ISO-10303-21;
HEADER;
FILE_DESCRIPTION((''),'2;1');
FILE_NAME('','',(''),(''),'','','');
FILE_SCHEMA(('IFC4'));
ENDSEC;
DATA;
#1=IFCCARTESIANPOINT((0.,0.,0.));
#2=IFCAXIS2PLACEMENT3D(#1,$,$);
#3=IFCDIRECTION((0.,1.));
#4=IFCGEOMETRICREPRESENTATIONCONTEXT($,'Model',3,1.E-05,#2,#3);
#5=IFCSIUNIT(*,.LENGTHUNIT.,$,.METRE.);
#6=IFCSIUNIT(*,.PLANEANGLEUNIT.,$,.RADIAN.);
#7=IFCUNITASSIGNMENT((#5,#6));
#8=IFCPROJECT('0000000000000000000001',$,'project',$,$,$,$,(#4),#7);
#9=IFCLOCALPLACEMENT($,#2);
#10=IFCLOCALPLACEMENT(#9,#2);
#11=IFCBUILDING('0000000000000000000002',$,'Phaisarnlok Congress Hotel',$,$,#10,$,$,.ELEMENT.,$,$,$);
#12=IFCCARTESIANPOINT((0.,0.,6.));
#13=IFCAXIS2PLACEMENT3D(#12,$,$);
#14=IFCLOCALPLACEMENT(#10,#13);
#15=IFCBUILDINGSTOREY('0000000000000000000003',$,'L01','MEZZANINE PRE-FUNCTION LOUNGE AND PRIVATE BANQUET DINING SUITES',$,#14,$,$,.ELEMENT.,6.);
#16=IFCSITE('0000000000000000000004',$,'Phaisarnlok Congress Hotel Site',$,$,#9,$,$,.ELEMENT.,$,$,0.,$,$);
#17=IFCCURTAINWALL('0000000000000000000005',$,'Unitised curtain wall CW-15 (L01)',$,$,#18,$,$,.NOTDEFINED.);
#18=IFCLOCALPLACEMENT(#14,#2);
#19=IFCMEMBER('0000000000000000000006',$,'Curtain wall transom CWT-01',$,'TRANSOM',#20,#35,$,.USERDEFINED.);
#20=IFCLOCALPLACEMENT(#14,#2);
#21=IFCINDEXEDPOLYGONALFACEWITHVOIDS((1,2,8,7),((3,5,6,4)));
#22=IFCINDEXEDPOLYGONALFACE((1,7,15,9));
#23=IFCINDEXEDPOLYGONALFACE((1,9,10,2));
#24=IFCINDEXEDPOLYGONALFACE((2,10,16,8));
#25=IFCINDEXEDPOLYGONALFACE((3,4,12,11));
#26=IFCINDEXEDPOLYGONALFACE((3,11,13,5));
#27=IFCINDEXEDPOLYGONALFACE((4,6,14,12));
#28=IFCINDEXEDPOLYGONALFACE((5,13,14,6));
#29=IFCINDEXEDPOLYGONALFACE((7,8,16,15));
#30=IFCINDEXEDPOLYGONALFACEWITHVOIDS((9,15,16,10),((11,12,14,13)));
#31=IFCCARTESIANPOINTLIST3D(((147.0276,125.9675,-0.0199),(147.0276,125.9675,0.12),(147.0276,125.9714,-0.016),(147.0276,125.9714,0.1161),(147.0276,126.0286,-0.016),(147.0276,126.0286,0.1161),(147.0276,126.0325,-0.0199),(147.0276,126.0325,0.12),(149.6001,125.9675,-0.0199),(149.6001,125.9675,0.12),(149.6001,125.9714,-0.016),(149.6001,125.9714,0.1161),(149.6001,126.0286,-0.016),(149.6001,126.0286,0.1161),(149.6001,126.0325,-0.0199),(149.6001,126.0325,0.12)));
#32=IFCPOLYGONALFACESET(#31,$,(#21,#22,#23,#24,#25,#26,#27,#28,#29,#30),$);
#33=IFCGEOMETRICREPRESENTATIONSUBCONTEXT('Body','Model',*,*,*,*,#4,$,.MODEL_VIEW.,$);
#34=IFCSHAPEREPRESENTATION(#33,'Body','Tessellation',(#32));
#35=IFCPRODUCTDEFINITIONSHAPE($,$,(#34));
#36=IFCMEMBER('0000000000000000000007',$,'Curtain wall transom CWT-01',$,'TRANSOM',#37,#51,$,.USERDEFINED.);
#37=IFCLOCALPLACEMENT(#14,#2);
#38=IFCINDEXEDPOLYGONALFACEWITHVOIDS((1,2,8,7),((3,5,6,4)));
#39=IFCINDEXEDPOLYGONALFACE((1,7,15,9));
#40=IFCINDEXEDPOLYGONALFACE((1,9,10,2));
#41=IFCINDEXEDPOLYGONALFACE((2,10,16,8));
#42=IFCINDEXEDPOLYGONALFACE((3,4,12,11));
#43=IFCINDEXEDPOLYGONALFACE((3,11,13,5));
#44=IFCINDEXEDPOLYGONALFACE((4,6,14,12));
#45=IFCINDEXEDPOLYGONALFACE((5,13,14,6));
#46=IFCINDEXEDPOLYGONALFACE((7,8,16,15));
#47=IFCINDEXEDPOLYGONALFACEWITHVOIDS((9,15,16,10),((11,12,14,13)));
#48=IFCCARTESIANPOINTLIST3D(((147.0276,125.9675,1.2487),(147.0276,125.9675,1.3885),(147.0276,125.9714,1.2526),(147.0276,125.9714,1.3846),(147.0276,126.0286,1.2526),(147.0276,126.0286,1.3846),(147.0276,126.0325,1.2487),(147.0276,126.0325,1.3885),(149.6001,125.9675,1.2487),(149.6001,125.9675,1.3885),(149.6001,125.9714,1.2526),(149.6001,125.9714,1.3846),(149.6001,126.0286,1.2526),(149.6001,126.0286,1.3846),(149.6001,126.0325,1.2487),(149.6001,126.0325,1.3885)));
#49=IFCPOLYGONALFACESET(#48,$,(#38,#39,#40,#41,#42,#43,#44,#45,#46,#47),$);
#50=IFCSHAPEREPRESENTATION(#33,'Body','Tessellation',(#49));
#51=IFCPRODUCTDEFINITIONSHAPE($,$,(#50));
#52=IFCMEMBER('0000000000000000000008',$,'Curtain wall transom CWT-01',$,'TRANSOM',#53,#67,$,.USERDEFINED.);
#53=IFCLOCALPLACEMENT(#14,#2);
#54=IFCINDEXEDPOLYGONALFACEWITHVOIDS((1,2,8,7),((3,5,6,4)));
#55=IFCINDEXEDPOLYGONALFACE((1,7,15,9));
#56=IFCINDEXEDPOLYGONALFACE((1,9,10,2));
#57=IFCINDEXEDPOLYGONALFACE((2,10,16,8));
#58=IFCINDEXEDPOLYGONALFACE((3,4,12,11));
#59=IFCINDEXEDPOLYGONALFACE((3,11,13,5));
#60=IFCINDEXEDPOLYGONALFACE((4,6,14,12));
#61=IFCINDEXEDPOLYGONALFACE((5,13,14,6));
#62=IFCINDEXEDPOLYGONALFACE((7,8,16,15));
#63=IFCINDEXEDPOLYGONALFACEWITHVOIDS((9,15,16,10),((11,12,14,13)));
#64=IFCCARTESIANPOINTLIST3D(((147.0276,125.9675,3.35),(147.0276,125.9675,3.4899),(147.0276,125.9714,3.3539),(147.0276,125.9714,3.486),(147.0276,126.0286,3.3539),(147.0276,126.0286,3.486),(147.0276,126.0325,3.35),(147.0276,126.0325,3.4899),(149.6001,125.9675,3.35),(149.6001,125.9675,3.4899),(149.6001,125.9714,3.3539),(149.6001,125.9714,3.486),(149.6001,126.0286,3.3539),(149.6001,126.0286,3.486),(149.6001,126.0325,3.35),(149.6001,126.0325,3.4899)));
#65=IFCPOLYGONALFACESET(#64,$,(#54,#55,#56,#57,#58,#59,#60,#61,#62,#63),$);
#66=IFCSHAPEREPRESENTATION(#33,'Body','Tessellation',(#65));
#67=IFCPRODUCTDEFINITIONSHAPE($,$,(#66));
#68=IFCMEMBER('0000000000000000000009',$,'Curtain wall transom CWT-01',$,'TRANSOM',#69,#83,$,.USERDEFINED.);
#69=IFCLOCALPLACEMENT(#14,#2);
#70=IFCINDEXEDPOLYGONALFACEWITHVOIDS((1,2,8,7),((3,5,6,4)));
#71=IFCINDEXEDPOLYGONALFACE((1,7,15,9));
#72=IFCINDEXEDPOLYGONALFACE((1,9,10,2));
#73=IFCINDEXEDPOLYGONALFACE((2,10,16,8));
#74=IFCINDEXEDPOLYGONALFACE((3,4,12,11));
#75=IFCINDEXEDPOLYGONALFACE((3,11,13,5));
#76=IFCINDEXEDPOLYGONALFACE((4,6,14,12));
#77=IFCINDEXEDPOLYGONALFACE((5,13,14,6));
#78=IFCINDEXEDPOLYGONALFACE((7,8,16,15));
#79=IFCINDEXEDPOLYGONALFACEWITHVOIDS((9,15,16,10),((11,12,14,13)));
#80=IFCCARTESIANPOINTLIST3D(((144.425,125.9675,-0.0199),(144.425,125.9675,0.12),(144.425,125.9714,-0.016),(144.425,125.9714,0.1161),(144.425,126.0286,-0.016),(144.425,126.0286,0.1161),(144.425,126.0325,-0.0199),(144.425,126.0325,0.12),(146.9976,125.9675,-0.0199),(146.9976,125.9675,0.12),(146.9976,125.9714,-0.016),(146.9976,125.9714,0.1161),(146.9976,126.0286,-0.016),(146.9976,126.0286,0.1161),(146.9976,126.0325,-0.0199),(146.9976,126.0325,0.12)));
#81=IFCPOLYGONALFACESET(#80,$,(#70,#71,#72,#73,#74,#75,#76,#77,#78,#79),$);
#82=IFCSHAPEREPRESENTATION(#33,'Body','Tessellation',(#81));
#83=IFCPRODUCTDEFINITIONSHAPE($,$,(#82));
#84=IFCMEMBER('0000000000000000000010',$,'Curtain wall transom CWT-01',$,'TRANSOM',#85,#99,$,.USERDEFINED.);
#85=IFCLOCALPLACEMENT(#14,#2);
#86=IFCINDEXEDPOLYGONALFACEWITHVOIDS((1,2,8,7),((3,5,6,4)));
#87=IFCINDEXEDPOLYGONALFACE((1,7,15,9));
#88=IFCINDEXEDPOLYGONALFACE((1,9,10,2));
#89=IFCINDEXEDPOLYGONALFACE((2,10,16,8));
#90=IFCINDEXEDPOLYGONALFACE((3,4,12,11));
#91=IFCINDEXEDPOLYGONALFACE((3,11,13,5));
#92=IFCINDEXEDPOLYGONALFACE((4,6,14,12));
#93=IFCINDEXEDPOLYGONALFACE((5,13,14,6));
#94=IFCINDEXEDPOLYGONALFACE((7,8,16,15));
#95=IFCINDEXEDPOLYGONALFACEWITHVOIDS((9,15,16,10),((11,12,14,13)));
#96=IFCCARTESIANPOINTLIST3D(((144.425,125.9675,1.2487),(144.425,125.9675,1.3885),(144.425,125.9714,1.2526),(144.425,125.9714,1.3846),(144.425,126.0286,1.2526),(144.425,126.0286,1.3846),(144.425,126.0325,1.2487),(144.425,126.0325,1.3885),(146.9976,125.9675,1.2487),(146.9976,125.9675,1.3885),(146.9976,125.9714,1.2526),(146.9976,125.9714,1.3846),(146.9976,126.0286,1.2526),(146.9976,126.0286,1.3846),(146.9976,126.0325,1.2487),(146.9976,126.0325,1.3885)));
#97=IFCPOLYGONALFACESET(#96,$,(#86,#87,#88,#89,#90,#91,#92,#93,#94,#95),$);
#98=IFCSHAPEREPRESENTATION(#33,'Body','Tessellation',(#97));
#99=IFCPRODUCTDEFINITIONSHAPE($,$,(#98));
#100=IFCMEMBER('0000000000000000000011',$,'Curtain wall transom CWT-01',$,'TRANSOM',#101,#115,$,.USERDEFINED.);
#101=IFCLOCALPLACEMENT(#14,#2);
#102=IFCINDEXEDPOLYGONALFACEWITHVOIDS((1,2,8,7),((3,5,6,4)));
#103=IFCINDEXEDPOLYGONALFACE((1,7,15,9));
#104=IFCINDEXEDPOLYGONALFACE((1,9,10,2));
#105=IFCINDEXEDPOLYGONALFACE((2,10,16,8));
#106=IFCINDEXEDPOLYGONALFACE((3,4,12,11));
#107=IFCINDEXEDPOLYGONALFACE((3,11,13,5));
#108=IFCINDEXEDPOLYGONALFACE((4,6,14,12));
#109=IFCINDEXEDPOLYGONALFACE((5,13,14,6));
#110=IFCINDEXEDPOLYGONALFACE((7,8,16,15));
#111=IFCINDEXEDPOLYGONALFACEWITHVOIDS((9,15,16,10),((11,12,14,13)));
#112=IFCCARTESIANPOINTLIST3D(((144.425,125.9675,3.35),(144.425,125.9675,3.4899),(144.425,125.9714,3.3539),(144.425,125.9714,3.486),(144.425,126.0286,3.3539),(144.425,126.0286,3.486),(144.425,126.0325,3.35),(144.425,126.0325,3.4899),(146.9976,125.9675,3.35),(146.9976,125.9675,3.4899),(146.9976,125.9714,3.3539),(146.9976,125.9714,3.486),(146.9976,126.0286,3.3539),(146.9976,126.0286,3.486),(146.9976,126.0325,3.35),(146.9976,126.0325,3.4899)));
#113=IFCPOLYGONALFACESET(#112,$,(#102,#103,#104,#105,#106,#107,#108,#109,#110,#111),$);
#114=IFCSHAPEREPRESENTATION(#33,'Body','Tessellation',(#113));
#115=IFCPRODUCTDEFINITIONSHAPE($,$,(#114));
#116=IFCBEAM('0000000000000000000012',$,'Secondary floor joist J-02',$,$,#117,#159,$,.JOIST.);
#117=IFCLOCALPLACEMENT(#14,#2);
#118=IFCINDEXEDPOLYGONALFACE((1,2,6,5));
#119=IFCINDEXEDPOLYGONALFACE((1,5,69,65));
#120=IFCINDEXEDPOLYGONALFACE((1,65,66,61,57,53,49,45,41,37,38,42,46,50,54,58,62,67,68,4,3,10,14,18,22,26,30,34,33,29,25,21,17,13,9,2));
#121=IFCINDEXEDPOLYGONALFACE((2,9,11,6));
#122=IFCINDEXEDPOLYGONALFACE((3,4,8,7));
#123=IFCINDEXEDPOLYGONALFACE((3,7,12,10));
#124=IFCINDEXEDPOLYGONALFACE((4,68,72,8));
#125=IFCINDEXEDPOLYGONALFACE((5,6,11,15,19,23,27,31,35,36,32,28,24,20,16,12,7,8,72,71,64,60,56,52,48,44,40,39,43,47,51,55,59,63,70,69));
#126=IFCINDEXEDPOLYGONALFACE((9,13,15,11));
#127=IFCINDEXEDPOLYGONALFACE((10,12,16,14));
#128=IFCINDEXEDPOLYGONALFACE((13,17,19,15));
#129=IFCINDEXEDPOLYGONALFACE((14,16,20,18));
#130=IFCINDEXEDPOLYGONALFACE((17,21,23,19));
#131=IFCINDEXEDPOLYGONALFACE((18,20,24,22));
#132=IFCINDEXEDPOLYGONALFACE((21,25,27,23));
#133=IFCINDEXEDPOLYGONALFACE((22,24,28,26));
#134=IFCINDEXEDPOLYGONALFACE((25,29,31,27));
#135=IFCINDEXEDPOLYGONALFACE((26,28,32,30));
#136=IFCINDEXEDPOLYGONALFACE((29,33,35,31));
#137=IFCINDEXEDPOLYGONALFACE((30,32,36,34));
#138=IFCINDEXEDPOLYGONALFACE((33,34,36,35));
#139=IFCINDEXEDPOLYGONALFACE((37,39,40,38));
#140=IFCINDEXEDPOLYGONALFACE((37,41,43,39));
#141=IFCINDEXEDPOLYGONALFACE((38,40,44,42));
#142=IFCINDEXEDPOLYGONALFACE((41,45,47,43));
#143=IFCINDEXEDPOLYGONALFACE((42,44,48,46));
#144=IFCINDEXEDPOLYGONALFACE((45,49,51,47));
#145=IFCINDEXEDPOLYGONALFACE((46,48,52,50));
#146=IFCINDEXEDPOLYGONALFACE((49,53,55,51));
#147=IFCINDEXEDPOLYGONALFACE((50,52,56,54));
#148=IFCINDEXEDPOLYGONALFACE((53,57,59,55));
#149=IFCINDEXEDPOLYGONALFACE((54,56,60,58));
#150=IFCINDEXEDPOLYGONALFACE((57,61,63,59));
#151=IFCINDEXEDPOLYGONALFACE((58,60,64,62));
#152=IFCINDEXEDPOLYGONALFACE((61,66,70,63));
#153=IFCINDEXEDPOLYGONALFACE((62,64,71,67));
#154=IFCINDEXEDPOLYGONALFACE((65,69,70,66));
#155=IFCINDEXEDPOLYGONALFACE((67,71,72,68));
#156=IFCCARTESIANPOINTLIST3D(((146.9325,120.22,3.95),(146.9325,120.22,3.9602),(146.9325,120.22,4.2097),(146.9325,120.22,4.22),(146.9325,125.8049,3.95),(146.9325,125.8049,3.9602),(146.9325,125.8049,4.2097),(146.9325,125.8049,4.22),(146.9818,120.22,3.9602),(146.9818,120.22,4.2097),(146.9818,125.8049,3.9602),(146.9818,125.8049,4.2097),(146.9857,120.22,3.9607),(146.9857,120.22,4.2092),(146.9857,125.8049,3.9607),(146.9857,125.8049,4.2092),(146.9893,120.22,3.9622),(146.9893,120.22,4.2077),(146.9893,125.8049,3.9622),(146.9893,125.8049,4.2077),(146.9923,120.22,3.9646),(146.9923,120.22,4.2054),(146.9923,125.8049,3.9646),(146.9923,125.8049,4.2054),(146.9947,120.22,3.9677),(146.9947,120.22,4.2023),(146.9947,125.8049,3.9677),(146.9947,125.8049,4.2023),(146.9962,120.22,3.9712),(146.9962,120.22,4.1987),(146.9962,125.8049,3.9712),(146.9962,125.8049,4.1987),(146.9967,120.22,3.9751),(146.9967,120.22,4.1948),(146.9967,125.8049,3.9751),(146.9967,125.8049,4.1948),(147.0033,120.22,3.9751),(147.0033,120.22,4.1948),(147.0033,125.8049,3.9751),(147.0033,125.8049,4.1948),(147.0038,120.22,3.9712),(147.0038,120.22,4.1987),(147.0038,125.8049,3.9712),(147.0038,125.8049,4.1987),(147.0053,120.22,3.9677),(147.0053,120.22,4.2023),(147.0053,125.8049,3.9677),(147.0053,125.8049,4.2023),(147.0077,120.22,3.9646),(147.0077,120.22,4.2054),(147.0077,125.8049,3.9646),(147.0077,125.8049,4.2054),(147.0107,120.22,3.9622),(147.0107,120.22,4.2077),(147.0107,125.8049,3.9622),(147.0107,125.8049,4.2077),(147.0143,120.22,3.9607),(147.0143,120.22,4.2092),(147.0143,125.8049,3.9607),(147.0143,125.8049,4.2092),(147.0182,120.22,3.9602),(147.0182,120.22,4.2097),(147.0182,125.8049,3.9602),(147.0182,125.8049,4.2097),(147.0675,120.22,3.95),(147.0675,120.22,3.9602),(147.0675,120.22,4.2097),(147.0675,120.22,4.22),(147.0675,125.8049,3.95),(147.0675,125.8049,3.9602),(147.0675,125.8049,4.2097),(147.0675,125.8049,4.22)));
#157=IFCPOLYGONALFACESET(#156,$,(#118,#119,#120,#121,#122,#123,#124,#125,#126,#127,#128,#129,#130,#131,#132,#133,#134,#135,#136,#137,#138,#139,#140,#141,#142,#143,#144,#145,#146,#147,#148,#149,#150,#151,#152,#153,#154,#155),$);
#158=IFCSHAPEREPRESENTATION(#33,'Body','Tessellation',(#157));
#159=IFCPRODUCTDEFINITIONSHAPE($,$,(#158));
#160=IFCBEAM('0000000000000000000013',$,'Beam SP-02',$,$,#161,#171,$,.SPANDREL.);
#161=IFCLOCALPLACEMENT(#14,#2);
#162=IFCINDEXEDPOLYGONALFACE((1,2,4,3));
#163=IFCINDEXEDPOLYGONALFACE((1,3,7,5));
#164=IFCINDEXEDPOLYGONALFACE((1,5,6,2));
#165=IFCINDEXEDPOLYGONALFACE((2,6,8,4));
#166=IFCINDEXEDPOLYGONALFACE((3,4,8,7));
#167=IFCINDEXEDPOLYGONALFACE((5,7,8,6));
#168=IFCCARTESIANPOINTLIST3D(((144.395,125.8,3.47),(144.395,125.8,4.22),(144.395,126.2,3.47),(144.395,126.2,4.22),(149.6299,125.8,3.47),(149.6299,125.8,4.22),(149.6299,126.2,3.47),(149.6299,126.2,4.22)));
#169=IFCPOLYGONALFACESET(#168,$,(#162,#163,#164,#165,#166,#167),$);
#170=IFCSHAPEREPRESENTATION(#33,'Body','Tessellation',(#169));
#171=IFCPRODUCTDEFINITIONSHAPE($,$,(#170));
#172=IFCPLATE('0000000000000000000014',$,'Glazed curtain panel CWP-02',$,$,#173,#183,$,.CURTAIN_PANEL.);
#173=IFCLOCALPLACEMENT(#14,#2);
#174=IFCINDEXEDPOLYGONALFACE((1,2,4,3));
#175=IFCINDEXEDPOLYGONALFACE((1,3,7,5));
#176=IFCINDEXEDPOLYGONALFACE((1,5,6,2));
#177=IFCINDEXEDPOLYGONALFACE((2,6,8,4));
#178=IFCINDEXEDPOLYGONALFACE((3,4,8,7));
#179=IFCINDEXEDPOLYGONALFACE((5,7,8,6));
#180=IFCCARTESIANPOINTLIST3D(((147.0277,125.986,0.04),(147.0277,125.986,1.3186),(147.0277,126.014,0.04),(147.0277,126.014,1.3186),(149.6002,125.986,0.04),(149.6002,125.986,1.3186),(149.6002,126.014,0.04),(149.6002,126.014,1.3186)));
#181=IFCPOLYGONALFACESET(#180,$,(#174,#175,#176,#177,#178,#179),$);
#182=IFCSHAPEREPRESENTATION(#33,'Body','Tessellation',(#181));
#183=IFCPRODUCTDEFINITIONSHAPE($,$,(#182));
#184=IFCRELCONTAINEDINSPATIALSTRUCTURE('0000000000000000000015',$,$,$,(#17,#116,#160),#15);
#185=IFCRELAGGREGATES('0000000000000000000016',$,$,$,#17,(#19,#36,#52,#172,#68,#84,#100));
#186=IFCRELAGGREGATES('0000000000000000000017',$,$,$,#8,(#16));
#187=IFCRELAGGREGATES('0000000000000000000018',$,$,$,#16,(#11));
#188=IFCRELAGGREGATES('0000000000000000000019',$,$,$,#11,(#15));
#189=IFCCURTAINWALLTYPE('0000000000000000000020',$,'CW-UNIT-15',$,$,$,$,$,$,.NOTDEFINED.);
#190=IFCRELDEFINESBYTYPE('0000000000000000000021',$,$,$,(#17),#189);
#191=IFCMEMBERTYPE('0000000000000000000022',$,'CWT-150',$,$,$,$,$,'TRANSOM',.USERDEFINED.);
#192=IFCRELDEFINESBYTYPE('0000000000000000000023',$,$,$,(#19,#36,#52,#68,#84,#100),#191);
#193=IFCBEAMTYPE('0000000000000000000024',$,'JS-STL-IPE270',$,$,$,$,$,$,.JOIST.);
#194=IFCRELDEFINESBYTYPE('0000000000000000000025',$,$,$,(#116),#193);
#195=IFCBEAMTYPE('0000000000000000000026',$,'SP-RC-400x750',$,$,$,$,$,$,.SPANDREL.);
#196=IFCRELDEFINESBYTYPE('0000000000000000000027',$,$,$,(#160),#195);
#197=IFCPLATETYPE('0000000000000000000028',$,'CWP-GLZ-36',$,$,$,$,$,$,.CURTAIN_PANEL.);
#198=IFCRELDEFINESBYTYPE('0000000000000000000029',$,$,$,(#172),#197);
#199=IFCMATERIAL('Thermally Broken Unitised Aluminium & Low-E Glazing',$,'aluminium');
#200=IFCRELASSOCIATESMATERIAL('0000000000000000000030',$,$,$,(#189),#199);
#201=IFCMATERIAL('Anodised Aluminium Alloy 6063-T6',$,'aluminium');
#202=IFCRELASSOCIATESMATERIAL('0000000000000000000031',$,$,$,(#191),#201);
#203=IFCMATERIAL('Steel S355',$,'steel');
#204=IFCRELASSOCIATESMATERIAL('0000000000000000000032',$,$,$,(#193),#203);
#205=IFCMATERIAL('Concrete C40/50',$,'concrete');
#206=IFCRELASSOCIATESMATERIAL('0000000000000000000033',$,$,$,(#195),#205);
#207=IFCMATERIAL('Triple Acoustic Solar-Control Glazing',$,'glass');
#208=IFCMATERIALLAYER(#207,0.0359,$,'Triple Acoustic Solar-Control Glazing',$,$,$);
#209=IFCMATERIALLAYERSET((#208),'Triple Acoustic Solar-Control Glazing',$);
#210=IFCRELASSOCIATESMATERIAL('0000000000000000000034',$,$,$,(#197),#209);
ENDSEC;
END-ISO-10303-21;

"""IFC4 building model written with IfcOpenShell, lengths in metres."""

from ifc_helpers import new_model, si_unit, direction, frame, frame_2d, origin, origin_2d, place, context, subcontext, project, spatial, rectangle, hollow_rectangle, i_section, extrude, material, layer, layer_set, material_profile, profile_set, type_object, element, aggregate, save


model = new_model("IFC4")

# Units and contexts
model_context = context("Model", 3, precision=1e-05, world=origin(), true_north=direction((0.0, 1.0)))
body_context = subcontext(model_context, "Body", "Model", "MODEL_VIEW")
ifc_project = project(units=[si_unit("LENGTHUNIT", "METRE"), si_unit("PLANEANGLEUNIT", "RADIAN")], contexts=[model_context])

# Site, building, storey
site_placement = place(None, origin())
site = spatial("IfcSite", under=ifc_project, at=site_placement, Name="Phaisarnlok Congress Hotel Site", CompositionType="ELEMENT", RefElevation=0.0)
building_placement = place(site_placement, origin())
building = spatial("IfcBuilding", under=site, at=building_placement, Name="Phaisarnlok Congress Hotel", CompositionType="ELEMENT")
storey_placement = place(building_placement, frame((0.0, 0.0, 6.0)))
storey = spatial("IfcBuildingStorey", under=building, at=storey_placement, Name="L01", Description="MEZZANINE PRE-FUNCTION LOUNGE AND PRIVATE BANQUET DINING SUITES", CompositionType="ELEMENT", Elevation=6.0)

# Shared definitions
ifc_material_1 = material(Name="Steel S355", Category="steel")

# Shared definitions
ifc_material_2 = material(Name="Concrete C40/50", Category="concrete")

# Curtain wall, members
ifc_material_3 = material(Name="Thermally Broken Unitised Aluminium & Low-E Glazing", Category="aluminium")
curtain_wall_type = type_object("IfcCurtainWallType", Name="CW-UNIT-15", PredefinedType="NOTDEFINED", material=ifc_material_3)
curtain_wall_placement = place(storey_placement, origin())
curtain_wall = element("IfcCurtainWall", 1, at=curtain_wall_placement, inside=storey, type_object=curtain_wall_type, Name="Unitised curtain wall CW-15 (L01)", PredefinedType="NOTDEFINED")
ifc_material_4 = material(Name="Anodised Aluminium Alloy 6063-T6", Category="aluminium")
ifc_material_profile_1 = material_profile(ifc_material_4, hollow_rectangle(XDim=0.0649, YDim=0.1399, WallThickness=0.0039, at=origin_2d()), Name="ALU-T 65x140x4")
ifc_profile_set_1 = profile_set([ifc_material_profile_1], Name="Anodised Aluminium Alloy 6063-T6")
member_type_1 = type_object("IfcMemberType", Name="CWT-150", ElementType="TRANSOM", PredefinedType="USERDEFINED", material=ifc_profile_set_1)
member_1_placement = place(storey_placement, frame((149.6001, 126.0, 0.05), z_axis=(-1.0, 0.0, 0.0), x_axis=(0.0, -1.0, 0.0)))
member_1 = element("IfcMember", 2, at=member_1_placement, type_object=member_type_1, Name="Curtain wall transom CWT-01", ObjectType="TRANSOM", PredefinedType="USERDEFINED", context=body_context, shape_type="SweptSolid", body=[
    extrude(hollow_rectangle(XDim=0.0649, YDim=0.1399, WallThickness=0.0039, at=origin_2d()), origin(), (0.0, 0.0, 1.0), 2.5725),
])
member_2_placement = place(storey_placement, frame((149.6001, 126.0, 1.3186), z_axis=(-1.0, 0.0, 0.0), x_axis=(0.0, -1.0, 0.0)))
member_2 = element("IfcMember", 3, at=member_2_placement, type_object=member_type_1, Name="Curtain wall transom CWT-01", ObjectType="TRANSOM", PredefinedType="USERDEFINED", context=body_context, shape_type="SweptSolid", body=[
    extrude(hollow_rectangle(XDim=0.0649, YDim=0.1399, WallThickness=0.0039, at=origin_2d()), origin(), (0.0, 0.0, 1.0), 2.5725),
])
member_3_placement = place(storey_placement, frame((149.6001, 126.0, 3.4199), z_axis=(-1.0, 0.0, 0.0), x_axis=(0.0, -1.0, 0.0)))
member_3 = element("IfcMember", 4, at=member_3_placement, type_object=member_type_1, Name="Curtain wall transom CWT-01", ObjectType="TRANSOM", PredefinedType="USERDEFINED", context=body_context, shape_type="SweptSolid", body=[
    extrude(hollow_rectangle(XDim=0.0649, YDim=0.1399, WallThickness=0.0039, at=origin_2d()), origin(), (0.0, 0.0, 1.0), 2.5725),
])
member_4_placement = place(storey_placement, frame((146.9976, 126.0, 0.05), z_axis=(-1.0, 0.0, 0.0), x_axis=(0.0, -1.0, 0.0)))
member_4 = element("IfcMember", 5, at=member_4_placement, type_object=member_type_1, Name="Curtain wall transom CWT-01", ObjectType="TRANSOM", PredefinedType="USERDEFINED", context=body_context, shape_type="SweptSolid", body=[
    extrude(hollow_rectangle(XDim=0.0649, YDim=0.1399, WallThickness=0.0039, at=origin_2d()), origin(), (0.0, 0.0, 1.0), 2.5725),
])
member_5_placement = place(storey_placement, frame((146.9976, 126.0, 1.3186), z_axis=(-1.0, 0.0, 0.0), x_axis=(0.0, -1.0, 0.0)))
member_5 = element("IfcMember", 6, at=member_5_placement, type_object=member_type_1, Name="Curtain wall transom CWT-01", ObjectType="TRANSOM", PredefinedType="USERDEFINED", context=body_context, shape_type="SweptSolid", body=[
    extrude(hollow_rectangle(XDim=0.0649, YDim=0.1399, WallThickness=0.0039, at=origin_2d()), origin(), (0.0, 0.0, 1.0), 2.5725),
])
member_6_placement = place(storey_placement, frame((146.9976, 126.0, 3.4199), z_axis=(-1.0, 0.0, 0.0), x_axis=(0.0, -1.0, 0.0)))
member_6 = element("IfcMember", 7, at=member_6_placement, type_object=member_type_1, Name="Curtain wall transom CWT-01", ObjectType="TRANSOM", PredefinedType="USERDEFINED", context=body_context, shape_type="SweptSolid", body=[
    extrude(hollow_rectangle(XDim=0.0649, YDim=0.1399, WallThickness=0.0039, at=origin_2d()), origin(), (0.0, 0.0, 1.0), 2.5725),
])

# Beams
ifc_material_profile_2 = material_profile(ifc_material_1, i_section(OverallWidth=0.135, OverallDepth=0.27, WebThickness=0.0066, FlangeThickness=0.0103, FilletRadius=0.0149, at=origin_2d()), Name="IPE 270")
ifc_profile_set_2 = profile_set([ifc_material_profile_2], Name="Steel S355")
beam_type_1 = type_object("IfcBeamType", Name="JS-STL-IPE270", PredefinedType="JOIST", material=ifc_profile_set_2)
beam_1_placement = place(storey_placement, frame((147.0, 120.22, 4.085), z_axis=(0.0, 1.0, 0.0), x_axis=(-1.0, 0.0, 0.0)))
element("IfcBeam", 8, at=beam_1_placement, inside=storey, type_object=beam_type_1, Name="Secondary floor joist J-02", PredefinedType="JOIST", context=body_context, shape_type="SweptSolid", body=[
    extrude(i_section(OverallWidth=0.135, OverallDepth=0.27, WebThickness=0.0066, FlangeThickness=0.0103, FilletRadius=0.0149, at=origin_2d()), origin(), (0.0, 0.0, 1.0), 5.585),
])
ifc_material_profile_3 = material_profile(ifc_material_2, rectangle(XDim=0.3999, YDim=0.75, at=origin_2d()), Name="RC 400x750")
ifc_profile_set_3 = profile_set([ifc_material_profile_3], Name="Concrete C40/50")
beam_type_2 = type_object("IfcBeamType", Name="SP-RC-400x750", PredefinedType="SPANDREL", material=ifc_profile_set_3)
beam_2_placement = place(storey_placement, frame((144.395, 126.0, 3.845), z_axis=(1.0, 0.0, 0.0), x_axis=(0.0, 1.0, 0.0)))
element("IfcBeam", 9, at=beam_2_placement, inside=storey, type_object=beam_type_2, Name="Beam SP-02", PredefinedType="SPANDREL", context=body_context, shape_type="SweptSolid", body=[
    extrude(rectangle(XDim=0.3999, YDim=0.75, at=origin_2d()), origin(), (0.0, 0.0, 1.0), 5.2349),
])

# Plate
ifc_material_5 = material(Name="Triple Acoustic Solar-Control Glazing", Category="glass")
ifc_layer_1 = layer(ifc_material_5, 0.0359, Name="Triple Acoustic Solar-Control Glazing")
ifc_layer_set_1 = layer_set([ifc_layer_1], Name="Triple Acoustic Solar-Control Glazing")
plate_type = type_object("IfcPlateType", Name="CWP-GLZ-36", PredefinedType="CURTAIN_PANEL", material=ifc_layer_set_1)
plate_1_placement = place(storey_placement, frame((149.6001, 126.0, 0.04), z_axis=(0.0, 0.0, 1.0), x_axis=(-1.0, 0.0, 0.0)))
plate_1 = element("IfcPlate", 10, at=plate_1_placement, type_object=plate_type, Name="Glazed curtain panel CWP-02", PredefinedType="CURTAIN_PANEL", context=body_context, shape_type="SweptSolid", body=[
    extrude(rectangle(XDim=2.5725, YDim=0.0281, at=frame_2d((1.2861, 0.0))), origin(), (0.0, 0.0, 1.0), 1.2786),
])
aggregate(curtain_wall, [member_1, member_2, member_3, plate_1, member_4, member_5, member_6])

save(model, "model.ifc")
